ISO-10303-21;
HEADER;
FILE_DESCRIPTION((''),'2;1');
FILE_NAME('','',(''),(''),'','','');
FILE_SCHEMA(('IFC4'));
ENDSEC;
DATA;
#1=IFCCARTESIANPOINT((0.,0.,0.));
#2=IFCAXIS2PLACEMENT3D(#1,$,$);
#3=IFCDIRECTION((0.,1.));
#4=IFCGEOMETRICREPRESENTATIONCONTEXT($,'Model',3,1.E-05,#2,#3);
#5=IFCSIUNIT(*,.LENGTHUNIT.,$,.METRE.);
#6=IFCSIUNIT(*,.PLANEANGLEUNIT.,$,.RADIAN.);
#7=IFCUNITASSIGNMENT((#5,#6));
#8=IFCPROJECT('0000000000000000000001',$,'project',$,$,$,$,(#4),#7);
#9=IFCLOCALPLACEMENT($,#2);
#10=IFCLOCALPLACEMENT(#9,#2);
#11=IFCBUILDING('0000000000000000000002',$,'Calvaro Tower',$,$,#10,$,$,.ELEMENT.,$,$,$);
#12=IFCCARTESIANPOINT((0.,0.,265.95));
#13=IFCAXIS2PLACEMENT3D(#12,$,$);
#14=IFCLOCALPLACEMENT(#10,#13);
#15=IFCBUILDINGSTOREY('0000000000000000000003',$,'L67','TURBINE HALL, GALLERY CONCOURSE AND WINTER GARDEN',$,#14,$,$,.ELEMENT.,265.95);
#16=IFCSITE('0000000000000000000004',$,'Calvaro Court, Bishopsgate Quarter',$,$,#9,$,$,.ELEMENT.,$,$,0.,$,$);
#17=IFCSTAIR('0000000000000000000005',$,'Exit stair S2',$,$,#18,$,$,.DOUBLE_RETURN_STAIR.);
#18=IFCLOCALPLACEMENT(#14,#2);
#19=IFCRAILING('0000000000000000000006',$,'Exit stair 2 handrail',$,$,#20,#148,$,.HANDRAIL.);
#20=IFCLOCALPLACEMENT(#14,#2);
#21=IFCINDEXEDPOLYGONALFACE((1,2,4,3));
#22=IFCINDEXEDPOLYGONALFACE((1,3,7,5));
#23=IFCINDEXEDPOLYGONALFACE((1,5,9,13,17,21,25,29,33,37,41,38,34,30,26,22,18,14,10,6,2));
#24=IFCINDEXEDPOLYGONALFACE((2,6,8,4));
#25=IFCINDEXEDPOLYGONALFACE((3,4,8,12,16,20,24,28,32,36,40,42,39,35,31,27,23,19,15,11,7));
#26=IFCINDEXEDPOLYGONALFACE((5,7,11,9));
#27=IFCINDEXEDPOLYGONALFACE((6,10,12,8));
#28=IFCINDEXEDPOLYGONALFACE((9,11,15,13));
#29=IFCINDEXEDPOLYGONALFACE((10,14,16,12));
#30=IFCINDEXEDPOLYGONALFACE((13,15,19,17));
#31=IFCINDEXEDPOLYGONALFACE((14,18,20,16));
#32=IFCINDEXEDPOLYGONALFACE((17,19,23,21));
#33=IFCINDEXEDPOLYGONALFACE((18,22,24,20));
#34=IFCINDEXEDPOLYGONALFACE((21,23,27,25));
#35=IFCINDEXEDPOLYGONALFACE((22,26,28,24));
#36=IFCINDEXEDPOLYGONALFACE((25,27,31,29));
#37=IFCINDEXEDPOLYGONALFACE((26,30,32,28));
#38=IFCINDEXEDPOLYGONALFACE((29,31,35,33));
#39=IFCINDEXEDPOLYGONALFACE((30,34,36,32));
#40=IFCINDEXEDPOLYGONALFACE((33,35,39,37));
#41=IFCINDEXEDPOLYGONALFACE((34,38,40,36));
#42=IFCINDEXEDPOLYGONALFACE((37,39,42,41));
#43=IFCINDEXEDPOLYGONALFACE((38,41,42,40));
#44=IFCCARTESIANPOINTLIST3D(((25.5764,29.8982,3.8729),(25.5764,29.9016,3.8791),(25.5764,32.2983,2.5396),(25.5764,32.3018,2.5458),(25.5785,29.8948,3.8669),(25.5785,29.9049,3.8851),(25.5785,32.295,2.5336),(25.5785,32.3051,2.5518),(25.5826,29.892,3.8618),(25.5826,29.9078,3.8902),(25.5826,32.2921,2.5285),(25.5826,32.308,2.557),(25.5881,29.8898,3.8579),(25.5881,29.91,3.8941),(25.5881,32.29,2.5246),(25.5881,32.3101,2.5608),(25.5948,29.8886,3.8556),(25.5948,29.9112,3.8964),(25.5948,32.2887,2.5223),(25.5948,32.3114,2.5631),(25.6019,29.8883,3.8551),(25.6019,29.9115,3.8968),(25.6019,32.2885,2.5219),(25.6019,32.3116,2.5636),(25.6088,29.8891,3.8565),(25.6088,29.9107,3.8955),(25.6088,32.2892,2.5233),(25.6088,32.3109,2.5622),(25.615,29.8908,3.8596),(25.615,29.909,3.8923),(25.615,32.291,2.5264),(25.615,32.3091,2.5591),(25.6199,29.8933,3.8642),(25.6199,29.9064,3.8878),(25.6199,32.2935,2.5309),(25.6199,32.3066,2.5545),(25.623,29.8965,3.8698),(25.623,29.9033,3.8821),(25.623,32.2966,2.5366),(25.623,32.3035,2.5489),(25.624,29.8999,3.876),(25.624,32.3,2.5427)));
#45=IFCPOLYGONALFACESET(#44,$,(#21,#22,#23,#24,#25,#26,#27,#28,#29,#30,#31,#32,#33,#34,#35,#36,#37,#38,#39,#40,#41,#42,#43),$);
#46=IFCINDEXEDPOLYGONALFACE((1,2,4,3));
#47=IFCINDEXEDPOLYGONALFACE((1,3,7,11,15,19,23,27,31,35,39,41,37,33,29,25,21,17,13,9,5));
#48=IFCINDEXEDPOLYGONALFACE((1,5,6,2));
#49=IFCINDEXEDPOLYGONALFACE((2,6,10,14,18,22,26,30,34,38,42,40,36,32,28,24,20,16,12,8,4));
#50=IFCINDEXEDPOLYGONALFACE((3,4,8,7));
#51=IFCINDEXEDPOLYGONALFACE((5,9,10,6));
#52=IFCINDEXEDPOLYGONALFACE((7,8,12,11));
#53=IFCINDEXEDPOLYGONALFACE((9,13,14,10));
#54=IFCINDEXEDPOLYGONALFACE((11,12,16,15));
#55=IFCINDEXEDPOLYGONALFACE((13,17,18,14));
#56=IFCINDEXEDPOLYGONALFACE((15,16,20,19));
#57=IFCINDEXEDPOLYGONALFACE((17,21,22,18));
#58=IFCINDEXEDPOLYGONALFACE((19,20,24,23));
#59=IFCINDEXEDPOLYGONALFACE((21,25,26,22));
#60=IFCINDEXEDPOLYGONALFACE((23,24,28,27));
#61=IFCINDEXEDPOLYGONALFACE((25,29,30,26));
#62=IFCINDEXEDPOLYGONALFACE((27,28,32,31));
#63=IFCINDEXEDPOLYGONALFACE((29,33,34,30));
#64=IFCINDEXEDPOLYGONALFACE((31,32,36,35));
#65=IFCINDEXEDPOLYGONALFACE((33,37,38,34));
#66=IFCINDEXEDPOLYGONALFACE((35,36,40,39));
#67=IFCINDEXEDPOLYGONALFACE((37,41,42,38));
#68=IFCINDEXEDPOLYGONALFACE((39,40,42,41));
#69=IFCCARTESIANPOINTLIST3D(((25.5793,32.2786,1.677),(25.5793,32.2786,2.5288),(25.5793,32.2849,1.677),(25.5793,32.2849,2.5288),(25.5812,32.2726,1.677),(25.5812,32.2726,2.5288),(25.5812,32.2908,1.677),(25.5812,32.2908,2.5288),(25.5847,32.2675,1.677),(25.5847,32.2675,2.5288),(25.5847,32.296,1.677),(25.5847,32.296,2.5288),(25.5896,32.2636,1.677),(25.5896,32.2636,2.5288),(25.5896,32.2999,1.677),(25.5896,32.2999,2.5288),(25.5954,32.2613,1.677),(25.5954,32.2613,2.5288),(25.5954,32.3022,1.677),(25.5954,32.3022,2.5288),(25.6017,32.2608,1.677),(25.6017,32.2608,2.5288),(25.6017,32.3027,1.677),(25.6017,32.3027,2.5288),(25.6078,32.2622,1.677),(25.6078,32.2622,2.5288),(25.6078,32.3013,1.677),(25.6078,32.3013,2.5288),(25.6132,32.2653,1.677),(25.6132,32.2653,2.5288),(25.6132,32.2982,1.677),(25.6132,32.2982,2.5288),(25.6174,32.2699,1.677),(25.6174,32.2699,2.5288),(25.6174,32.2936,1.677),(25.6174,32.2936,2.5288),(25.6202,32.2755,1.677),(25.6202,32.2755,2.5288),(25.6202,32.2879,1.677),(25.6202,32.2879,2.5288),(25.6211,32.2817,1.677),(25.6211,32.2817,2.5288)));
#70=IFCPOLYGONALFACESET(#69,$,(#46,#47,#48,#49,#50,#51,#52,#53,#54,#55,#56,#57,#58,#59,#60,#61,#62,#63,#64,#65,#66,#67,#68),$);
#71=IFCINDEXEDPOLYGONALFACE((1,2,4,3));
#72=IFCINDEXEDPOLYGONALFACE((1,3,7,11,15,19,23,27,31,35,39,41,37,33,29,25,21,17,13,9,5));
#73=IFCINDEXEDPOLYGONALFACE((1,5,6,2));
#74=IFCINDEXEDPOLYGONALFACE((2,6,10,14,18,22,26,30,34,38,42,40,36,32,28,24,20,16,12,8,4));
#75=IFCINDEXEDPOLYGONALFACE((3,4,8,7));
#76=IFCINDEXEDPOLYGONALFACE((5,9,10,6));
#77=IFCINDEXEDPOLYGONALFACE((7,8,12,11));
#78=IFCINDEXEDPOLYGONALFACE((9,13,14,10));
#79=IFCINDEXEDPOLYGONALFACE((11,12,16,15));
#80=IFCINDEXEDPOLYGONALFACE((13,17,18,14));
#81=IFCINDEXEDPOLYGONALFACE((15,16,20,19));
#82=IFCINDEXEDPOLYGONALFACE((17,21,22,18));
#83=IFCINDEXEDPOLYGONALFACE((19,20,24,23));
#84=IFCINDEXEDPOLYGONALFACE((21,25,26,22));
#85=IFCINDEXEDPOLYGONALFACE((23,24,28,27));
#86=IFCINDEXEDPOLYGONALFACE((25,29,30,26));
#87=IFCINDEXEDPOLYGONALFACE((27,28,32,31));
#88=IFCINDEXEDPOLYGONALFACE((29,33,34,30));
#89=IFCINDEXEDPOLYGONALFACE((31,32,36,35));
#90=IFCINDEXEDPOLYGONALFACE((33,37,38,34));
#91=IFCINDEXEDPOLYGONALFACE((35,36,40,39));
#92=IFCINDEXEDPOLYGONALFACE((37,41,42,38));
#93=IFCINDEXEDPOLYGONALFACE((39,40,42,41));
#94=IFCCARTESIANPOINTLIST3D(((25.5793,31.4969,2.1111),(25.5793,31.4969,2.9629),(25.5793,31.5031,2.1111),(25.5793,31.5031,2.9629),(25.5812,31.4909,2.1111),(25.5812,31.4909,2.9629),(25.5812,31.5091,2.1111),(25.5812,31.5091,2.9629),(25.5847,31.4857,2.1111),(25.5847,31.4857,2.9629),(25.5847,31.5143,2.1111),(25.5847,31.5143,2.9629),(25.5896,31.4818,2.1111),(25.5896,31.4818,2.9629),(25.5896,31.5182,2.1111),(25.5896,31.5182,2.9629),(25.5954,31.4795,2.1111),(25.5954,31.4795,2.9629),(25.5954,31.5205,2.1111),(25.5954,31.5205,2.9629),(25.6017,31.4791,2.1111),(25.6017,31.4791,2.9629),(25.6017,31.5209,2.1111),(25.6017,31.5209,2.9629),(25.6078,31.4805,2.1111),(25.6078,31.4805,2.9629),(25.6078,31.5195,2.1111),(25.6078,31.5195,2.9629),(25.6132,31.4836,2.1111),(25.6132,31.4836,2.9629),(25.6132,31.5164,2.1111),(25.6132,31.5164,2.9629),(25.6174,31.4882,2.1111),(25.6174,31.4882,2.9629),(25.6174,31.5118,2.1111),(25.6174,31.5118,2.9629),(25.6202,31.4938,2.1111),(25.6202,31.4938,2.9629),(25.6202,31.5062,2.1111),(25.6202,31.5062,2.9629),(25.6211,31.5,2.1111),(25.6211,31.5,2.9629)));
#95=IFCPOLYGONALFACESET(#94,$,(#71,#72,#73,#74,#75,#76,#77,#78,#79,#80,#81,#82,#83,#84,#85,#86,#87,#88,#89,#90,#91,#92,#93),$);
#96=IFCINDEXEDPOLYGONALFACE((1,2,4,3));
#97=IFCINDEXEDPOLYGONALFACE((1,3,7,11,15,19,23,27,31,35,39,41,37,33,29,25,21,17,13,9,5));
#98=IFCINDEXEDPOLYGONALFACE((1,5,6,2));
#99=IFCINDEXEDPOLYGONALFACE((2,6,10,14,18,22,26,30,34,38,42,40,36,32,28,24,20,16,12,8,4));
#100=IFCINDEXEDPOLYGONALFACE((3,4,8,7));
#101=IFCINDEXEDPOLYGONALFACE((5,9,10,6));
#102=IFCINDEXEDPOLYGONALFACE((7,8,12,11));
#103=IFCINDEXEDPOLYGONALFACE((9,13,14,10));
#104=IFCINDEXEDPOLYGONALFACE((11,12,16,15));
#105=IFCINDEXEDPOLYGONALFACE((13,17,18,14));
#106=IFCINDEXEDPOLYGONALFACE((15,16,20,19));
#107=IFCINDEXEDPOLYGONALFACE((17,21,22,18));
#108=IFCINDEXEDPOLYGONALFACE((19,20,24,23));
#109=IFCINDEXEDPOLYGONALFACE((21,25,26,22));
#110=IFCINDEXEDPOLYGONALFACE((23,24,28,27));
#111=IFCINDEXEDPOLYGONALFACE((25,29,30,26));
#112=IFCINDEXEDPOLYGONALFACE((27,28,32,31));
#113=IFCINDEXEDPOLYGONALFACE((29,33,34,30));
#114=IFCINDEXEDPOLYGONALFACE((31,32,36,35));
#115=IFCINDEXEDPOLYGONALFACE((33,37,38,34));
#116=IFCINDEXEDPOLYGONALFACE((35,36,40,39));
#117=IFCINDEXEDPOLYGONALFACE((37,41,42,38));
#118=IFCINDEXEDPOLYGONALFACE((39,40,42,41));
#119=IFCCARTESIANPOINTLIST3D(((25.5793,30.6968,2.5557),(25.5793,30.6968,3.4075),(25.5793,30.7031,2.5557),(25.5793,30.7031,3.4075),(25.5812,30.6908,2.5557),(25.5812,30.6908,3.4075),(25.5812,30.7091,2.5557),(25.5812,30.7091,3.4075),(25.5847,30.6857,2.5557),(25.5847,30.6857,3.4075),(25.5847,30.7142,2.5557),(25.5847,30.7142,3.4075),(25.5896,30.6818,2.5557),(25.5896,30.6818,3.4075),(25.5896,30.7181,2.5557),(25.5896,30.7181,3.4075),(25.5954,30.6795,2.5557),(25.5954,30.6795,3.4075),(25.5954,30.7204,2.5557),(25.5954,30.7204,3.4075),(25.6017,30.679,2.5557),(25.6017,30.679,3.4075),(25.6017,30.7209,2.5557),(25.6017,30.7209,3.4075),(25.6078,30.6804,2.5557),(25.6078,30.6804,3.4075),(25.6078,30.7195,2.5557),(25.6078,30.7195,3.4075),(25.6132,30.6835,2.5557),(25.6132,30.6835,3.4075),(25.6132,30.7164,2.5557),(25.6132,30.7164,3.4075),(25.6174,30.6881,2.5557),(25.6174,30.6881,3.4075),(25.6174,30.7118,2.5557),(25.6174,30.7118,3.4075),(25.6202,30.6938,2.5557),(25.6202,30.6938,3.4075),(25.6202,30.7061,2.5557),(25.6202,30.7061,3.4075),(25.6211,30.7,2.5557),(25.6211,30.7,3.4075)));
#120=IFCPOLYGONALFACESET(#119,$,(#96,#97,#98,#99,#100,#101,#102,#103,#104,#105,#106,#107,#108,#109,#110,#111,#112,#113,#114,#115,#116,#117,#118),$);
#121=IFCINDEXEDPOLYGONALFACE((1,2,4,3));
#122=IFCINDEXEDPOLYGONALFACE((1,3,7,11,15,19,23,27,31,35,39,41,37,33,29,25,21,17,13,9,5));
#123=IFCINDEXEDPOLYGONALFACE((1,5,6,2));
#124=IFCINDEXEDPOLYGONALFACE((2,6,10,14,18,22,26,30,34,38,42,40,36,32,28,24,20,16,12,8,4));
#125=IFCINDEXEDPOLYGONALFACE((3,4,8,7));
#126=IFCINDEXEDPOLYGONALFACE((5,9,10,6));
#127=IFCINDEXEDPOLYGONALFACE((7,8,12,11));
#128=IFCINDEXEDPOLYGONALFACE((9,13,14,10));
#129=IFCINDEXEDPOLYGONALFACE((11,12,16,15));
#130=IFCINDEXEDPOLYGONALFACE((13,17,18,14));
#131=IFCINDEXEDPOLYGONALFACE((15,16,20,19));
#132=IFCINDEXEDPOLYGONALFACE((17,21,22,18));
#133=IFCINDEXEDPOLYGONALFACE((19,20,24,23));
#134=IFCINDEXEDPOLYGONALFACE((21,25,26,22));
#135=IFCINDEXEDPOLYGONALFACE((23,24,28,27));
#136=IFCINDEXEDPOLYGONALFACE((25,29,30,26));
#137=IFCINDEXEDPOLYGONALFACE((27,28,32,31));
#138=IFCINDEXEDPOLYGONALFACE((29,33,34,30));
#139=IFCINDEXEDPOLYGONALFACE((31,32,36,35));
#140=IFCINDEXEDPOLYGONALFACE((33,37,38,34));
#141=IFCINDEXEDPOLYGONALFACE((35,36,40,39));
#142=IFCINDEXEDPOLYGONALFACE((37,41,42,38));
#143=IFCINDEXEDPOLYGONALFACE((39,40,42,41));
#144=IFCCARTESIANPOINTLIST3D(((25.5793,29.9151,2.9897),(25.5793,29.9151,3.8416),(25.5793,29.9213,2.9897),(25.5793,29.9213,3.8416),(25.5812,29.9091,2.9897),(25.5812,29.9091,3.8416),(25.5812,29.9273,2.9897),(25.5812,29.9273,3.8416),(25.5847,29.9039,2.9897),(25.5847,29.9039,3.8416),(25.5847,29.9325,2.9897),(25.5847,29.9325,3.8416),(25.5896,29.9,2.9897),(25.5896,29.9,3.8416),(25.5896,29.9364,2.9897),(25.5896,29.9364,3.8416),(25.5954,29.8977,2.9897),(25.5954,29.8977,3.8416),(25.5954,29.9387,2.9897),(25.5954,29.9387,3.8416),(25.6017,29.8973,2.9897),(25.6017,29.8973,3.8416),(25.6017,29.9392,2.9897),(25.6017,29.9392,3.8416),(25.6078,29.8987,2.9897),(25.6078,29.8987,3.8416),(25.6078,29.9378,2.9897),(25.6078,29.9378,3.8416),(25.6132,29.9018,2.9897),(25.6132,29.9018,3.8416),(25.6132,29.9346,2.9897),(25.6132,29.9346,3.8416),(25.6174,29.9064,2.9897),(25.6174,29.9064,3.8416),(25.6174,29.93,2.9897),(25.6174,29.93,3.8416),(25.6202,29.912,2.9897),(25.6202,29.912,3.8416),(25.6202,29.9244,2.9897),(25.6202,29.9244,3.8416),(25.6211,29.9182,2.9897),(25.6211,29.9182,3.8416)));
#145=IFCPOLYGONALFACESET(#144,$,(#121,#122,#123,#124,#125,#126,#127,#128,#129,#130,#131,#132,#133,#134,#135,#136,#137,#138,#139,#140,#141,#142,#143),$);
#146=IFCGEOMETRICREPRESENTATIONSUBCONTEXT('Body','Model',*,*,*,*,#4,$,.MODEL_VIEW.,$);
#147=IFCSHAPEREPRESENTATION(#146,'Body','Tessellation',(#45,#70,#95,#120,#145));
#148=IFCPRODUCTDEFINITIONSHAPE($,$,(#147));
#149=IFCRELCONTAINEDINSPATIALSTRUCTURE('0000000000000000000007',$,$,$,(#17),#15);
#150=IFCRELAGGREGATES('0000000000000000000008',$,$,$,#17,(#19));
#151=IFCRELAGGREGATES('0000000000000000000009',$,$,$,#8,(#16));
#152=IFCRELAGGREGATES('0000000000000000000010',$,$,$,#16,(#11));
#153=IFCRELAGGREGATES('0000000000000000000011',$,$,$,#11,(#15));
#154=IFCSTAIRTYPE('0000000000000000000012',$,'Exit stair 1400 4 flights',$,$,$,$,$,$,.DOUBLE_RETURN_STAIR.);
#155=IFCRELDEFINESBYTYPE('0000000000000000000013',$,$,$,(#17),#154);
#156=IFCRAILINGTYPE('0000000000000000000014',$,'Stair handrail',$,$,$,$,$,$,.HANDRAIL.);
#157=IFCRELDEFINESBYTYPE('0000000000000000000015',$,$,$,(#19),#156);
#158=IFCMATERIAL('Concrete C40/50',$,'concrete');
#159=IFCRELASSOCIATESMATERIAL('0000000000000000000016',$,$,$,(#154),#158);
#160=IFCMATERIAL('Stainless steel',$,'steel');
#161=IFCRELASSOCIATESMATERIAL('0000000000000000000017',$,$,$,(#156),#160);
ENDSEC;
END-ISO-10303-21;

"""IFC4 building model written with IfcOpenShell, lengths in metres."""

from ifc_helpers import new_model, si_unit, direction, frame, origin, origin_2d, place, context, subcontext, project, spatial, circle, extrude, material, type_object, element, aggregate, save


model = new_model("IFC4")

# Units and contexts
model_context = context("Model", 3, precision=1e-05, world=origin(), true_north=direction((0.0, 1.0)))
body_context = subcontext(model_context, "Body", "Model", "MODEL_VIEW")
ifc_project = project(units=[si_unit("LENGTHUNIT", "METRE"), si_unit("PLANEANGLEUNIT", "RADIAN")], contexts=[model_context])

# Site, building, storey
site_placement = place(None, origin())
site = spatial("IfcSite", under=ifc_project, at=site_placement, Name="Calvaro Court, Bishopsgate Quarter", CompositionType="ELEMENT", RefElevation=0.0)
building_placement = place(site_placement, origin())
building = spatial("IfcBuilding", under=site, at=building_placement, Name="Calvaro Tower", CompositionType="ELEMENT")
storey_placement = place(building_placement, frame((0.0, 0.0, 265.95)))
storey = spatial("IfcBuildingStorey", under=building, at=storey_placement, Name="L67", Description="TURBINE HALL, GALLERY CONCOURSE AND WINTER GARDEN", CompositionType="ELEMENT", Elevation=265.95)

# Stair, railing
ifc_material_1 = material(Name="Concrete C40/50", Category="concrete")
stair_type = type_object("IfcStairType", Name="Exit stair 1400 4 flights", PredefinedType="DOUBLE_RETURN_STAIR", material=ifc_material_1)
stair_placement = place(storey_placement, origin())
stair = element("IfcStair", 1, at=stair_placement, inside=storey, type_object=stair_type, Name="Exit stair S2", PredefinedType="DOUBLE_RETURN_STAIR")
ifc_material_2 = material(Name="Stainless steel", Category="steel")
railing_type = type_object("IfcRailingType", Name="Stair handrail", PredefinedType="HANDRAIL", material=ifc_material_2)
railing_1_placement = place(storey_placement, frame((25.6001, 32.3, 1.6667)))
railing_1 = element("IfcRailing", 2, at=railing_1_placement, type_object=railing_type, Name="Exit stair 2 handrail", PredefinedType="HANDRAIL", context=body_context, shape_type="SweptSolid", body=[
    extrude(circle(Radius=0.0239, at=origin_2d()), frame((0.0, 0.0, 0.876), z_axis=(0.0, -0.874182, 0.485598), x_axis=(1.0, 0.0, 0.0)), (0.0, 0.0, 1.0), 2.7456),
    extrude(circle(Radius=0.021, at=origin_2d()), frame((0.0, -0.0183, 0.0103)), (0.0, 0.0, 1.0), 0.8518),
    extrude(circle(Radius=0.021, at=origin_2d()), frame((0.0, -0.8, 0.4443)), (0.0, 0.0, 1.0), 0.8518),
    extrude(circle(Radius=0.021, at=origin_2d()), frame((0.0, -1.6001, 0.8889)), (0.0, 0.0, 1.0), 0.8518),
    extrude(circle(Radius=0.021, at=origin_2d()), frame((0.0, -2.3818, 1.323)), (0.0, 0.0, 1.0), 0.8518),
])
aggregate(stair, [railing_1])

save(model, "model.ifc")
